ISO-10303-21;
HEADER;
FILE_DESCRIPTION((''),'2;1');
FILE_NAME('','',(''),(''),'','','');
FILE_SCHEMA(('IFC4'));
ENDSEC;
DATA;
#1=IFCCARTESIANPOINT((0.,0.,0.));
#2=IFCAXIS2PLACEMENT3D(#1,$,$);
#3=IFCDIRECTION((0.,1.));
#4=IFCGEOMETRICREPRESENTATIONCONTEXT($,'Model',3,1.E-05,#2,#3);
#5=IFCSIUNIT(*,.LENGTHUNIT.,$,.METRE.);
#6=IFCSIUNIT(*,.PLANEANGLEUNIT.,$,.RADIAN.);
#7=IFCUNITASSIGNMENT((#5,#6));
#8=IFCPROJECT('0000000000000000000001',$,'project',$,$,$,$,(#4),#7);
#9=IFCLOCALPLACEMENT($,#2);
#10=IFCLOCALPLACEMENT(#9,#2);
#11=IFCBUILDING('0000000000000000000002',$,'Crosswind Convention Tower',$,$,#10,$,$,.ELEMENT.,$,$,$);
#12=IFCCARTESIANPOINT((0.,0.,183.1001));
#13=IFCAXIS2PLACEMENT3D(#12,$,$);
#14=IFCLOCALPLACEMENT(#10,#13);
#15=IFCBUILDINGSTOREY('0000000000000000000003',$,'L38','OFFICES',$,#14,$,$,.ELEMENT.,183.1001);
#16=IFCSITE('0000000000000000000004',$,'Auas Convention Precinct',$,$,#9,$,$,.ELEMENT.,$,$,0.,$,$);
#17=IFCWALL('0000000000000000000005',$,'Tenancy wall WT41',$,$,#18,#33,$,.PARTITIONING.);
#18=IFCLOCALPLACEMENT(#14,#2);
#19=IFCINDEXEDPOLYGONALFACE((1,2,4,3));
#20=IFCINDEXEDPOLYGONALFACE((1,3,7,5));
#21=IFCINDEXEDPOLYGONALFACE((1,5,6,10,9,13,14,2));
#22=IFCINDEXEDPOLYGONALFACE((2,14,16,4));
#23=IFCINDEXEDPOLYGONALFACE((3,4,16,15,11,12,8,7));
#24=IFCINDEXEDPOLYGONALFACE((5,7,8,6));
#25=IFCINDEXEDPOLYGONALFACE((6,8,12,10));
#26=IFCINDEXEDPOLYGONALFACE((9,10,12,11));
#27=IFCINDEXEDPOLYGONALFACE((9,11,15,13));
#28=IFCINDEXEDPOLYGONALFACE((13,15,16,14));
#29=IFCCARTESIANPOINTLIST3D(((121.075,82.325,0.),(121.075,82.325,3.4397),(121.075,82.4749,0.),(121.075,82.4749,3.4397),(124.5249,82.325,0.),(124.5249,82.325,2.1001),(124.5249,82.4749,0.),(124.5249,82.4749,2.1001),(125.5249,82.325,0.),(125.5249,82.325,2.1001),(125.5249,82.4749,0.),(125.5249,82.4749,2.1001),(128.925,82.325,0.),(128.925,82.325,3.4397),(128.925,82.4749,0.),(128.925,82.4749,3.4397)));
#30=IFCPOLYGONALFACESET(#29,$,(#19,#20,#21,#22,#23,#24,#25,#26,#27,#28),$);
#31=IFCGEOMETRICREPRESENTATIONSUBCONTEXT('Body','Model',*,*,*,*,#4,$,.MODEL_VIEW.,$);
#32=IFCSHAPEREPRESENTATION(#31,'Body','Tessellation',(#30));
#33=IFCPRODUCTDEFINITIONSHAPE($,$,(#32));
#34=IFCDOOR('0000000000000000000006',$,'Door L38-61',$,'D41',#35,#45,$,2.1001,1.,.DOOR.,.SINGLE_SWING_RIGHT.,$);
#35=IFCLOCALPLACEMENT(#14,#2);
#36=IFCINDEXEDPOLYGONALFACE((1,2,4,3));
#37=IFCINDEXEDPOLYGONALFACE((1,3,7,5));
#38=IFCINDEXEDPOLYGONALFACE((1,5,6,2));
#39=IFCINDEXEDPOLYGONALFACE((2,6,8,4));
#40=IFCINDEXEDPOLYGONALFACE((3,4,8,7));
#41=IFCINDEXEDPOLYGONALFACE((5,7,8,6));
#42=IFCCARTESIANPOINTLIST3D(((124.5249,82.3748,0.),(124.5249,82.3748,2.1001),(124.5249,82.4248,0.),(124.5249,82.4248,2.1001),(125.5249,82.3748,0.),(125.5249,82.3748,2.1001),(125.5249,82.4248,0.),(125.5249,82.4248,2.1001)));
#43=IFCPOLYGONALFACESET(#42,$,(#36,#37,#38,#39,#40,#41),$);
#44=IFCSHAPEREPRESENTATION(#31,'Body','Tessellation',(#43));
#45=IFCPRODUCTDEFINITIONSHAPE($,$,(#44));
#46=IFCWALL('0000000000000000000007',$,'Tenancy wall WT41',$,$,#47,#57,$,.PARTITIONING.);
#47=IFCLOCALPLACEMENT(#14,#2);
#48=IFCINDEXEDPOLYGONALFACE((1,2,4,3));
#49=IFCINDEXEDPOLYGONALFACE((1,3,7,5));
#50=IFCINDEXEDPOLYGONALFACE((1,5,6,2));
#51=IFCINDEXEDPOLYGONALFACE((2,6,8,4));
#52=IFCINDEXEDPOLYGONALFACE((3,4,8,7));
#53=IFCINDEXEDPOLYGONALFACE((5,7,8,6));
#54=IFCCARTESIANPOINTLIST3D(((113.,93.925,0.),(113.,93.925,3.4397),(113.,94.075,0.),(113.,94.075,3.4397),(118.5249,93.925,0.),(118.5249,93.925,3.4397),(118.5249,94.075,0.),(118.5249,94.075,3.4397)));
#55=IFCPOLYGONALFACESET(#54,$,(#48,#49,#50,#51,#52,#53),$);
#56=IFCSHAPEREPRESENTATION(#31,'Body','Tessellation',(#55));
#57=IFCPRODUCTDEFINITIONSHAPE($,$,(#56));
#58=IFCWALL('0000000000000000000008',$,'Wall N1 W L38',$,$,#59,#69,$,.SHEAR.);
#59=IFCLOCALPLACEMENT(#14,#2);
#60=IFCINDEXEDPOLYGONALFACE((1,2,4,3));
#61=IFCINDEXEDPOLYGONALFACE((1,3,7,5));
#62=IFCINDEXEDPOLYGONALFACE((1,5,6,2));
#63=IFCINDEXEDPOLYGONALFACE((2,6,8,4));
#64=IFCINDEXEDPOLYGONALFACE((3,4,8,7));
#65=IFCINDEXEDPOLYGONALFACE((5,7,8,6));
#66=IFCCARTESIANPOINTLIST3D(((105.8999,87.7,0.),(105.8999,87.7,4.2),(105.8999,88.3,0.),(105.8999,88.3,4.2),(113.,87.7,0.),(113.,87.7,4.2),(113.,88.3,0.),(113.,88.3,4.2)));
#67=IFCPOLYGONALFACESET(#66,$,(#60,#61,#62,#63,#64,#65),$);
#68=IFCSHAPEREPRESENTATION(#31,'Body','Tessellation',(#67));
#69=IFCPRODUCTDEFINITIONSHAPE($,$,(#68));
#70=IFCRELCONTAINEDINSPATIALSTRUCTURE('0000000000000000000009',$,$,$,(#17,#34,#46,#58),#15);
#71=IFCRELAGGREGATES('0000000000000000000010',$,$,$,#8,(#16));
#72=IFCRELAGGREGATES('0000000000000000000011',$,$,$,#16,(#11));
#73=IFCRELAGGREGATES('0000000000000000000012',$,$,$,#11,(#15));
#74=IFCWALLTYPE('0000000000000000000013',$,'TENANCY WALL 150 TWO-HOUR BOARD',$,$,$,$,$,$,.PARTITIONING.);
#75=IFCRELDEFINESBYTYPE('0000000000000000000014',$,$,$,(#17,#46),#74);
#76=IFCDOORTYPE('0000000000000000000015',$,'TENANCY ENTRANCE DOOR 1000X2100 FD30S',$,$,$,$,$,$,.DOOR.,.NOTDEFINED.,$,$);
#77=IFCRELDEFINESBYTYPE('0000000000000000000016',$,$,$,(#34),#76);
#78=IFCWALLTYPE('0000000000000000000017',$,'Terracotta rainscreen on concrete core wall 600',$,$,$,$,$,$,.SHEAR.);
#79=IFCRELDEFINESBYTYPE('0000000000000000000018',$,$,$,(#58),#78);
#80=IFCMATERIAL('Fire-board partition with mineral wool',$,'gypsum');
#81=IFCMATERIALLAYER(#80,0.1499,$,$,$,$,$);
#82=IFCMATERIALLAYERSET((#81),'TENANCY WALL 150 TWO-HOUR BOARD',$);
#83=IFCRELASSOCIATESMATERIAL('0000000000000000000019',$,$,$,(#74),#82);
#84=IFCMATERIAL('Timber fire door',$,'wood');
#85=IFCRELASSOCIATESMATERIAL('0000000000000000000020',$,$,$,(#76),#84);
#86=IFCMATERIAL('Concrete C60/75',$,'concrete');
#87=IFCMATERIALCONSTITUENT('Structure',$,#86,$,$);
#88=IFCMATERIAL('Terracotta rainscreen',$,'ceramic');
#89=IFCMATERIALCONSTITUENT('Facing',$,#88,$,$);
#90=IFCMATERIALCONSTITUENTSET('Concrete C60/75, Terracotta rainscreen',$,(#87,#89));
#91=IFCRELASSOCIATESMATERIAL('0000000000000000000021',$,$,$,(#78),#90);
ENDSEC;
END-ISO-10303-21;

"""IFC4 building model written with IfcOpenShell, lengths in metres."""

from ifc_helpers import new_model, si_unit, direction, frame, frame_2d, origin, place, context, subcontext, project, spatial, rectangle, extrude, material, layer, layer_set, constituent, constituent_set, type_object, element, fill, save


model = new_model("IFC4")

# Units and contexts
model_context = context("Model", 3, precision=1e-05, world=origin(), true_north=direction((0.0, 1.0)))
body_context = subcontext(model_context, "Body", "Model", "MODEL_VIEW")
ifc_project = project(units=[si_unit("LENGTHUNIT", "METRE"), si_unit("PLANEANGLEUNIT", "RADIAN")], contexts=[model_context])

# Site, building, storey
site_placement = place(None, origin())
site = spatial("IfcSite", under=ifc_project, at=site_placement, Name="Auas Convention Precinct", CompositionType="ELEMENT", RefElevation=0.0)
building_placement = place(site_placement, origin())
building = spatial("IfcBuilding", under=site, at=building_placement, Name="Crosswind Convention Tower", CompositionType="ELEMENT")
storey_placement = place(building_placement, frame((0.0, 0.0, 183.1001)))
storey = spatial("IfcBuildingStorey", under=building, at=storey_placement, Name="L38", Description="OFFICES", CompositionType="ELEMENT", Elevation=183.1001)

# Shared definitions
ifc_material_1 = material(Name="Concrete C60/75", Category="concrete")

# Shared definitions
ifc_material_2 = material(Name="Fire-board partition with mineral wool", Category="gypsum")
ifc_layer_1 = layer(ifc_material_2, 0.1499)
ifc_layer_set_1 = layer_set([ifc_layer_1], Name="TENANCY WALL 150 TWO-HOUR BOARD")
wall_type_1 = type_object("IfcWallType", Name="TENANCY WALL 150 TWO-HOUR BOARD", PredefinedType="PARTITIONING", material=ifc_layer_set_1)
ifc_material_3 = material(Name="Timber fire door", Category="wood")
door_type = type_object("IfcDoorType", Name="TENANCY ENTRANCE DOOR 1000X2100 FD30S", OperationType="NOTDEFINED", PredefinedType="DOOR", material=ifc_material_3)

# Wall, opening, door
wall_1_placement = place(storey_placement, frame((121.075, 82.3999, 0.0), z_axis=(0.0, 0.0, 1.0), x_axis=(1.0, 0.0, 0.0)))
wall_1 = element("IfcWall", 1, at=wall_1_placement, inside=storey, type_object=wall_type_1, Name="Tenancy wall WT41", PredefinedType="PARTITIONING", context=body_context, shape_type="SweptSolid", body=[
    extrude(rectangle(XDim=7.8501, YDim=0.1499, at=frame_2d((3.925, 0.0))), origin(), (0.0, 0.0, 1.0), 3.4397),
])
opening_1_placement = place(wall_1_placement, frame((3.45, 0.0, 0.0)))
opening_1 = element("IfcOpeningElement", 2, at=opening_1_placement, cuts=wall_1, PredefinedType="OPENING", context=body_context, shape_type="SweptSolid", body=[
    extrude(rectangle(XDim=1.0, YDim=2.1001, at=frame_2d((0.5, 1.05))), frame((0.0, 0.085, 0.0), z_axis=(0.0, -1.0, 0.0), x_axis=(1.0, 0.0, 0.0)), (0.0, 0.0, 1.0), 0.1699),
])
door_1_placement = place(opening_1_placement, origin())
door_1 = element("IfcDoor", 3, at=door_1_placement, inside=storey, type_object=door_type, Name="Door L38-61", ObjectType="D41", OperationType="SINGLE_SWING_RIGHT", OverallHeight=2.1001, OverallWidth=1.0, PredefinedType="DOOR", context=body_context, shape_type="SweptSolid", body=[
    extrude(rectangle(XDim=1.0, YDim=2.1001, at=frame_2d((0.5, 1.05))), frame((0.0, 0.0249, 0.0), z_axis=(0.0, -1.0, 0.0), x_axis=(1.0, 0.0, 0.0)), (0.0, 0.0, 1.0), 0.05),
])
fill(opening_1, door_1)

# Walls
wall_2_placement = place(storey_placement, frame((113.0, 94.0, 0.0), z_axis=(0.0, 0.0, 1.0), x_axis=(1.0, 0.0, 0.0)))
element("IfcWall", 4, at=wall_2_placement, inside=storey, type_object=wall_type_1, Name="Tenancy wall WT41", PredefinedType="PARTITIONING", context=body_context, shape_type="SweptSolid", body=[
    extrude(rectangle(XDim=5.5249, YDim=0.1499, at=frame_2d((2.7625, 0.0))), origin(), (0.0, 0.0, 1.0), 3.4397),
])
ifc_constituent_1 = constituent(ifc_material_1, Name="Structure")
ifc_material_4 = material(Name="Terracotta rainscreen", Category="ceramic")
ifc_constituent_2 = constituent(ifc_material_4, Name="Facing")
ifc_constituent_set = constituent_set(constituents=[ifc_constituent_1, ifc_constituent_2], Name="Concrete C60/75, Terracotta rainscreen")
wall_type_2 = type_object("IfcWallType", Name="Terracotta rainscreen on concrete core wall 600", PredefinedType="SHEAR", material=ifc_constituent_set)
wall_3_placement = place(storey_placement, frame((113.0, 88.0, 0.0), z_axis=(0.0, 0.0, 1.0), x_axis=(-1.0, 0.0, 0.0)))
element("IfcWall", 5, at=wall_3_placement, inside=storey, type_object=wall_type_2, Name="Wall N1 W L38", PredefinedType="SHEAR", context=body_context, shape_type="SweptSolid", body=[
    extrude(rectangle(XDim=7.1001, YDim=0.6001, at=frame_2d((3.55, 0.0))), origin(), (0.0, 0.0, 1.0), 4.2),
])

save(model, "model.ifc")
